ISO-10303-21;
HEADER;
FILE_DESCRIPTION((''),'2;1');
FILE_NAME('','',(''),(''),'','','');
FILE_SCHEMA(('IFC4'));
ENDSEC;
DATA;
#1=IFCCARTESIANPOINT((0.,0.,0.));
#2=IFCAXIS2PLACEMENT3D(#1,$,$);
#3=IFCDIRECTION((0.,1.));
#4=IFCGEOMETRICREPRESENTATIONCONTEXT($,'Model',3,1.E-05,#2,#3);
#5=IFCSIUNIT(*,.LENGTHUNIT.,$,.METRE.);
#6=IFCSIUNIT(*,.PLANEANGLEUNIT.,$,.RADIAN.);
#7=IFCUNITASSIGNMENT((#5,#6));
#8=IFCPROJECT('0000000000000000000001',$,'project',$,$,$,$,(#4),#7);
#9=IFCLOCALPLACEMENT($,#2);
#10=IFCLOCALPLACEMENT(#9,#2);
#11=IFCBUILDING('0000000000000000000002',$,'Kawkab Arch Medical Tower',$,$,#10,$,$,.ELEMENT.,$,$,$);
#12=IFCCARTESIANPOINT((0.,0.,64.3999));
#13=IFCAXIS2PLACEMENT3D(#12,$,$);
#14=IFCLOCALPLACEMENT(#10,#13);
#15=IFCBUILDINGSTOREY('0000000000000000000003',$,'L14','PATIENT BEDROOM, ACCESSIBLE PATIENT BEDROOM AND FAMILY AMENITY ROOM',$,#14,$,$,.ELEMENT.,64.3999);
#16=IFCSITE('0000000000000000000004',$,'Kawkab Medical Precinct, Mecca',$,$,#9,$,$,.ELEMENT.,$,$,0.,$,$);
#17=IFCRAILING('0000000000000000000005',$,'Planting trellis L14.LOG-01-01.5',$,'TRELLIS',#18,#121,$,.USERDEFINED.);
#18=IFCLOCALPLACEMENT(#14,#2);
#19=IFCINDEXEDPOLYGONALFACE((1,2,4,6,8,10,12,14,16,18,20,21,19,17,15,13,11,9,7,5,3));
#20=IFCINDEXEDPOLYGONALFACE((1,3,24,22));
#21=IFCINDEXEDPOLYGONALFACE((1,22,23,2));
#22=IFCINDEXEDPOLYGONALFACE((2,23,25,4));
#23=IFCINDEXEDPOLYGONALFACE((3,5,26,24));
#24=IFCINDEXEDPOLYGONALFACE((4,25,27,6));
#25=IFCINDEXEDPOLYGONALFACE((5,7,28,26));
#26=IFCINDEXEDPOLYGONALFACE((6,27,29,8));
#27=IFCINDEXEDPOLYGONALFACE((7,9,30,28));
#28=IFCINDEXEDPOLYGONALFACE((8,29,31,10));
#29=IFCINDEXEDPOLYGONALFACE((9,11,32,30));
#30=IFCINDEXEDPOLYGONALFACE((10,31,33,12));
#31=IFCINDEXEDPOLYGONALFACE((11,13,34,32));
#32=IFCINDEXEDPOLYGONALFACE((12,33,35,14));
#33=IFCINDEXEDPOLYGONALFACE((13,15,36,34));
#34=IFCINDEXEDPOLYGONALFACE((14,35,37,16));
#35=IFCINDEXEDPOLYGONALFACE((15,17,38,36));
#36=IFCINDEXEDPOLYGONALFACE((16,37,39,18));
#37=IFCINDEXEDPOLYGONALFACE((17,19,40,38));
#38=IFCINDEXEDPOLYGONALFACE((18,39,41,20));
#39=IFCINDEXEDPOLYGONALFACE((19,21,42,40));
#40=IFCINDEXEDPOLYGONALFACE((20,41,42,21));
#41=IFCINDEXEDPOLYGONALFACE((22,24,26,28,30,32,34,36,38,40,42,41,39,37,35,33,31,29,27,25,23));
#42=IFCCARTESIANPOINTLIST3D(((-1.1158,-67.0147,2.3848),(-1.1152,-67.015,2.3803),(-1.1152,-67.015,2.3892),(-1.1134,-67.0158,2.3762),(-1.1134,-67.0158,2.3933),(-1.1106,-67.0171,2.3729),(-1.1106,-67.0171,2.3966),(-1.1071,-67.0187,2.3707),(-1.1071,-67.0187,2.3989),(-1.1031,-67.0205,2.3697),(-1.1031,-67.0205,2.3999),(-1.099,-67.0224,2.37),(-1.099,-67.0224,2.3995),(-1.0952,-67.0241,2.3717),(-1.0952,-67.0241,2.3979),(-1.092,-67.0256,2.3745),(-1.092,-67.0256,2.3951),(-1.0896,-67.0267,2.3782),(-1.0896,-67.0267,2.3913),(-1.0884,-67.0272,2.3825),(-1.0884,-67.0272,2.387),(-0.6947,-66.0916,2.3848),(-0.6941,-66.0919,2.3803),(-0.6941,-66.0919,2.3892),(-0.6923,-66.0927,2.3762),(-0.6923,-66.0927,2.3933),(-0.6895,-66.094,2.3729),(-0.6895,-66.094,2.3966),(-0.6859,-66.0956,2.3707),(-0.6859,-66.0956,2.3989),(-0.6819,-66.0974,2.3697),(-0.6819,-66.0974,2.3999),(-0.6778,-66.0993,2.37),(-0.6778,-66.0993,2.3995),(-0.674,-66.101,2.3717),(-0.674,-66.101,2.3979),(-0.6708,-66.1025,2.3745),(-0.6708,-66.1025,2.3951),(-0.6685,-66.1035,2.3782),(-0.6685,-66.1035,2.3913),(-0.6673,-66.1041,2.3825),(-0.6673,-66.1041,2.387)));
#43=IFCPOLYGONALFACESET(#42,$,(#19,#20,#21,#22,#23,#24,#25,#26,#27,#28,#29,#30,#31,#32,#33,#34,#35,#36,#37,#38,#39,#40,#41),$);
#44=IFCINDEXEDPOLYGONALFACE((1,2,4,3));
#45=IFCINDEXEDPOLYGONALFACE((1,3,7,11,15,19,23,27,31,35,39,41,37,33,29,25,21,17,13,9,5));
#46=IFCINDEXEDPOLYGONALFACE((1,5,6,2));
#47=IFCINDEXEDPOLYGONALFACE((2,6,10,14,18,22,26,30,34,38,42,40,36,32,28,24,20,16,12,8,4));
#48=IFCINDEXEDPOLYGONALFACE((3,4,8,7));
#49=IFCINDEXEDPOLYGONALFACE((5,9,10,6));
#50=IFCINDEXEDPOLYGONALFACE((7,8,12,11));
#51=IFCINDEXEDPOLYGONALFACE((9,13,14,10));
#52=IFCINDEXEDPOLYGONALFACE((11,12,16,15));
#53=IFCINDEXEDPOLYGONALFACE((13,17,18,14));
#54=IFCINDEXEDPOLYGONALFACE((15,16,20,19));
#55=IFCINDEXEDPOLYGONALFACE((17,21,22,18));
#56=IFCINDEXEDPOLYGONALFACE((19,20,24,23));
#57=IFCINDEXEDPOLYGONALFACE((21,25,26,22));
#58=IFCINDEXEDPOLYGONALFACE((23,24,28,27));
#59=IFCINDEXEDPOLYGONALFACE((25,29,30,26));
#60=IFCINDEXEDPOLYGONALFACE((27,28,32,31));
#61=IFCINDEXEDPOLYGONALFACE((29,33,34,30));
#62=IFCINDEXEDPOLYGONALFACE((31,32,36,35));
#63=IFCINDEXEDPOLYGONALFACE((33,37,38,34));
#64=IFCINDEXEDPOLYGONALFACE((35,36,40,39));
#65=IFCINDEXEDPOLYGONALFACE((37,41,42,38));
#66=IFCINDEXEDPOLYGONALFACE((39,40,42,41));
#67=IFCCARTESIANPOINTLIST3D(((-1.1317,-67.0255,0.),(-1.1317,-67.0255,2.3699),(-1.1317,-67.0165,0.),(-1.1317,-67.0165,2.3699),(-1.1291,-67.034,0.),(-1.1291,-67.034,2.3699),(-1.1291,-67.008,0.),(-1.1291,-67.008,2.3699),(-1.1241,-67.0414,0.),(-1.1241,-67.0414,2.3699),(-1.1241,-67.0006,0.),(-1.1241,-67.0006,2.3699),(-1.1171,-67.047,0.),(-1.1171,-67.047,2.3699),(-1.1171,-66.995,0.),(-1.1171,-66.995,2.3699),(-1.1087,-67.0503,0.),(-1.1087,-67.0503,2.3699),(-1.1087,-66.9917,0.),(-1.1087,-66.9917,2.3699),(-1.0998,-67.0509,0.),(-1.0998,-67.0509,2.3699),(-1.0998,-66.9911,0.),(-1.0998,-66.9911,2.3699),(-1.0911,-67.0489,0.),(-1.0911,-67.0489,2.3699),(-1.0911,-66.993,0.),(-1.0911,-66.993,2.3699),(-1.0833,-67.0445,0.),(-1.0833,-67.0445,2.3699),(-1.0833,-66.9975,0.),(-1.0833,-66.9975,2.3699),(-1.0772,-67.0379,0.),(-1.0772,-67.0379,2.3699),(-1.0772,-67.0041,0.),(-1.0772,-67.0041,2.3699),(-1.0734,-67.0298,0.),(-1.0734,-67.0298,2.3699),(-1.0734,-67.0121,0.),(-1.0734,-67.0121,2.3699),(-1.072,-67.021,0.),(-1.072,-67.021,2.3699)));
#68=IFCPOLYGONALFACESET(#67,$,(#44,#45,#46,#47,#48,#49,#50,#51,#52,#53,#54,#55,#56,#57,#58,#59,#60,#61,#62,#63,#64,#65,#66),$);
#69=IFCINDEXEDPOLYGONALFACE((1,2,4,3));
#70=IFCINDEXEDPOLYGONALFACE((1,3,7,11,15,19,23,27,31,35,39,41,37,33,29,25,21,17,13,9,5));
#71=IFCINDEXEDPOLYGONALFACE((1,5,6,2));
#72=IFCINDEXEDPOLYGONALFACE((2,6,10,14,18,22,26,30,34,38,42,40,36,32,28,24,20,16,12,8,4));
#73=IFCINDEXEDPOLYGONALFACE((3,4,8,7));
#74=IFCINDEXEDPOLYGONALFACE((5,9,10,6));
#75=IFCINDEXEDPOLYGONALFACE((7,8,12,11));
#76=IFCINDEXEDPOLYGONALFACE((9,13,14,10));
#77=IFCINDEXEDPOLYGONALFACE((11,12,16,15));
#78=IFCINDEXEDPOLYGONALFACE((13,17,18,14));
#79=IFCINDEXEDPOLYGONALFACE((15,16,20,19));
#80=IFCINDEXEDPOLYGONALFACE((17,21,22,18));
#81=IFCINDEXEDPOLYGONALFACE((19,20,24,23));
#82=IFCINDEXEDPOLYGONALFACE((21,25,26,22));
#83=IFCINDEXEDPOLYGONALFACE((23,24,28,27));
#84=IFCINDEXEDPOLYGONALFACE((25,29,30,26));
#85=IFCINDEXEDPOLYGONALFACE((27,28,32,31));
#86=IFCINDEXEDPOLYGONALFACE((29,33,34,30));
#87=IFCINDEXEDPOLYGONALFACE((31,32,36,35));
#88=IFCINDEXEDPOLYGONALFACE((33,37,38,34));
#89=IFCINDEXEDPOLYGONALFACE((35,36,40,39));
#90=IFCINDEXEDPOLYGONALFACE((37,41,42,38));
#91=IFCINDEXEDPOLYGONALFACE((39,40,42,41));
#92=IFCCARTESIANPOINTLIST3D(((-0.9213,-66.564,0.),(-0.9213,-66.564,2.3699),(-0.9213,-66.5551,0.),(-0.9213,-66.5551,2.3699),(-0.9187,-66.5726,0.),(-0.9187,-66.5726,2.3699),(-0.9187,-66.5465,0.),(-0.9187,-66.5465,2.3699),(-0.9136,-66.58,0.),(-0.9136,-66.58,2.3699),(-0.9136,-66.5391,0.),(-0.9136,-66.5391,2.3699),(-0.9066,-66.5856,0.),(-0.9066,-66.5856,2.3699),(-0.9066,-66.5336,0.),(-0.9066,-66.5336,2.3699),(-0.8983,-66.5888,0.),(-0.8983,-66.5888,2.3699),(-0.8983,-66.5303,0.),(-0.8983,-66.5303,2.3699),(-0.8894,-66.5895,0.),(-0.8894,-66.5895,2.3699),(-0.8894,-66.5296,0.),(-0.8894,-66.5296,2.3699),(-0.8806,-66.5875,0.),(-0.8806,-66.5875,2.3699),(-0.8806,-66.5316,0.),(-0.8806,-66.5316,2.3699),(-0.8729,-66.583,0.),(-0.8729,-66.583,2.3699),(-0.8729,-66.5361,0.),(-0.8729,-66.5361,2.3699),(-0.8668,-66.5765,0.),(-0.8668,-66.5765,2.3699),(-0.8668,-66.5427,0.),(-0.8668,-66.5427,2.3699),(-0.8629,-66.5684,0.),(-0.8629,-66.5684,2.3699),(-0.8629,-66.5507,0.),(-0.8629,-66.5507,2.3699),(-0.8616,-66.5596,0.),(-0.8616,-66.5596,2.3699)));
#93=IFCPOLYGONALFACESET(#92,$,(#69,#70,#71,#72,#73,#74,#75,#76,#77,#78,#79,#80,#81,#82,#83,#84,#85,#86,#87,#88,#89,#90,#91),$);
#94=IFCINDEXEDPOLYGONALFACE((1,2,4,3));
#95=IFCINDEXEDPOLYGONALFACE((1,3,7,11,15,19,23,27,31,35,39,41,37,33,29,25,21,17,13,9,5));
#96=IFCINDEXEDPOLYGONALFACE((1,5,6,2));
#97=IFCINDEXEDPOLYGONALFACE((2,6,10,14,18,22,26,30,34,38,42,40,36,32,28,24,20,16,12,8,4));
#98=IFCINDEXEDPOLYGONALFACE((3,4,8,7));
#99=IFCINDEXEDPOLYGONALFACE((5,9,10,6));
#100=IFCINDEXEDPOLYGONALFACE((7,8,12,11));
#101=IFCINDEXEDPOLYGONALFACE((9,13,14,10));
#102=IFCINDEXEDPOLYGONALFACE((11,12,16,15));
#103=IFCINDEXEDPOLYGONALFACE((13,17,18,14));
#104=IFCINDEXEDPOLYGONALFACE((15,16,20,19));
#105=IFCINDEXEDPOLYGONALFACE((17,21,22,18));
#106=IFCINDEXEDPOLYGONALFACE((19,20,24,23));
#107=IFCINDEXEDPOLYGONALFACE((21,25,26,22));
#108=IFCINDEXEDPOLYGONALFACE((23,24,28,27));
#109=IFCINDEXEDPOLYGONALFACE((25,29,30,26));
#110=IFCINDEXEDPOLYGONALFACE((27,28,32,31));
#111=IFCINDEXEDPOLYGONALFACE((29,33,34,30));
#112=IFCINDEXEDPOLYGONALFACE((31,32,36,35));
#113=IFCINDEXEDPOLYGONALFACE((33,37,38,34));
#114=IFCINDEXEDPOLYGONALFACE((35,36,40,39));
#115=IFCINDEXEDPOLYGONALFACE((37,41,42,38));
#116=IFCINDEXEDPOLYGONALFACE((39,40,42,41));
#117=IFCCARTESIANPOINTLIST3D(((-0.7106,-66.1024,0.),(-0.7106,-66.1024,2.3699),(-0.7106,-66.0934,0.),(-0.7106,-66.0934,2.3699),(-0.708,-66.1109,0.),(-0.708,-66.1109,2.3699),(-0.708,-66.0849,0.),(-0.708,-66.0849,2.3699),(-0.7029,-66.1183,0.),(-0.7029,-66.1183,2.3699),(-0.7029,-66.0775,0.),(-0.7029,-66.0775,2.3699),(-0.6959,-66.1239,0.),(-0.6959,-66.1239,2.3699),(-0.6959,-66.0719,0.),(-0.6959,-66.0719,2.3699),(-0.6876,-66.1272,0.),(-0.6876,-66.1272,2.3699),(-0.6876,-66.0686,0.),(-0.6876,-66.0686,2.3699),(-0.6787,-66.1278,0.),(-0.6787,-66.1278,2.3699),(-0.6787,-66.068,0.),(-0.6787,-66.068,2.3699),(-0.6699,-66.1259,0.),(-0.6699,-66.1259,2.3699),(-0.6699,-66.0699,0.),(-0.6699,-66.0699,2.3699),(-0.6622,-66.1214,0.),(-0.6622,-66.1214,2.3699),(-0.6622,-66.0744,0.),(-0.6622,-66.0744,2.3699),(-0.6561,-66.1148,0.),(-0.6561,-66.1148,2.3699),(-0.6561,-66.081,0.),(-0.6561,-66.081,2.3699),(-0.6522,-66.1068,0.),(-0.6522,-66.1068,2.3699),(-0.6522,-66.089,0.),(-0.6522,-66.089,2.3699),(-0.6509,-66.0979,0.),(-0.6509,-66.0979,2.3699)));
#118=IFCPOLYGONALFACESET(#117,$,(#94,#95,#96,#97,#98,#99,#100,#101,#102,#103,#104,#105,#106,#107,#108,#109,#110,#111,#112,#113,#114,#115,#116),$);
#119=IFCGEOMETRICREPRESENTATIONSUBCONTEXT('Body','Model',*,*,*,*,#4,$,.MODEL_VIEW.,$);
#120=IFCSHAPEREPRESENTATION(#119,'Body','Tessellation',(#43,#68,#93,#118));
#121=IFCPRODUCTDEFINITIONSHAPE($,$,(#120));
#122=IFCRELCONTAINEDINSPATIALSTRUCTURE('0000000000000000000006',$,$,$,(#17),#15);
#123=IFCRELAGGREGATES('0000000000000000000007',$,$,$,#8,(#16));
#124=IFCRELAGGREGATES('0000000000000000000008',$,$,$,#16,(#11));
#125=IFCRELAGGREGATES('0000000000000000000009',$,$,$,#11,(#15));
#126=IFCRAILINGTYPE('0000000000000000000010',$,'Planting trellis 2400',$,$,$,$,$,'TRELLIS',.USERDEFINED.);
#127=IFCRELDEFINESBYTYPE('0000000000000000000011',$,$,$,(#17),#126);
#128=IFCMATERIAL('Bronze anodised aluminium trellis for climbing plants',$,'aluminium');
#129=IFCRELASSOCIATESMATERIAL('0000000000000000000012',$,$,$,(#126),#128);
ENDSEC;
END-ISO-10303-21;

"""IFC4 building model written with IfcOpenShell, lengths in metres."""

from ifc_helpers import new_model, si_unit, direction, frame, origin, origin_2d, place, context, subcontext, project, spatial, circle, extrude, material, type_object, element, save


model = new_model("IFC4")

# Units and contexts
model_context = context("Model", 3, precision=1e-05, world=origin(), true_north=direction((0.0, 1.0)))
body_context = subcontext(model_context, "Body", "Model", "MODEL_VIEW")
ifc_project = project(units=[si_unit("LENGTHUNIT", "METRE"), si_unit("PLANEANGLEUNIT", "RADIAN")], contexts=[model_context])

# Site, building, storey
site_placement = place(None, origin())
site = spatial("IfcSite", under=ifc_project, at=site_placement, Name="Kawkab Medical Precinct, Mecca", CompositionType="ELEMENT", RefElevation=0.0)
building_placement = place(site_placement, origin())
building = spatial("IfcBuilding", under=site, at=building_placement, Name="Kawkab Arch Medical Tower", CompositionType="ELEMENT")
storey_placement = place(building_placement, frame((0.0, 0.0, 64.3999)))
storey = spatial("IfcBuildingStorey", under=building, at=storey_placement, Name="L14", Description="PATIENT BEDROOM, ACCESSIBLE PATIENT BEDROOM AND FAMILY AMENITY ROOM", CompositionType="ELEMENT", Elevation=64.3999)

# Railing
ifc_material_1 = material(Name="Bronze anodised aluminium trellis for climbing plants", Category="aluminium")
railing_type = type_object("IfcRailingType", Name="Planting trellis 2400", ElementType="TRELLIS", PredefinedType="USERDEFINED", material=ifc_material_1)
railing_1_placement = place(storey_placement, frame((-1.1021, -67.021, 0.0)))
element("IfcRailing", 1, at=railing_1_placement, inside=storey, type_object=railing_type, Name="Planting trellis L14.LOG-01-01.5", ObjectType="TRELLIS", PredefinedType="USERDEFINED", context=body_context, shape_type="SweptSolid", body=[
    extrude(circle(Radius=0.0151, at=origin_2d()), frame((0.0, 0.0, 2.3848), z_axis=(0.415072, 0.909789, 0.0), x_axis=(-0.909789, 0.415072, 0.0)), (0.0, 0.0, 1.0), 1.0146),
    extrude(circle(Radius=0.03, at=origin_2d()), origin(), (0.0, 0.0, 1.0), 2.3699),
    extrude(circle(Radius=0.03, at=origin_2d()), frame((0.2104, 0.4614, 0.0)), (0.0, 0.0, 1.0), 2.3699),
    extrude(circle(Radius=0.03, at=origin_2d()), frame((0.4211, 0.9231, 0.0)), (0.0, 0.0, 1.0), 2.3699),
])

save(model, "model.ifc")
